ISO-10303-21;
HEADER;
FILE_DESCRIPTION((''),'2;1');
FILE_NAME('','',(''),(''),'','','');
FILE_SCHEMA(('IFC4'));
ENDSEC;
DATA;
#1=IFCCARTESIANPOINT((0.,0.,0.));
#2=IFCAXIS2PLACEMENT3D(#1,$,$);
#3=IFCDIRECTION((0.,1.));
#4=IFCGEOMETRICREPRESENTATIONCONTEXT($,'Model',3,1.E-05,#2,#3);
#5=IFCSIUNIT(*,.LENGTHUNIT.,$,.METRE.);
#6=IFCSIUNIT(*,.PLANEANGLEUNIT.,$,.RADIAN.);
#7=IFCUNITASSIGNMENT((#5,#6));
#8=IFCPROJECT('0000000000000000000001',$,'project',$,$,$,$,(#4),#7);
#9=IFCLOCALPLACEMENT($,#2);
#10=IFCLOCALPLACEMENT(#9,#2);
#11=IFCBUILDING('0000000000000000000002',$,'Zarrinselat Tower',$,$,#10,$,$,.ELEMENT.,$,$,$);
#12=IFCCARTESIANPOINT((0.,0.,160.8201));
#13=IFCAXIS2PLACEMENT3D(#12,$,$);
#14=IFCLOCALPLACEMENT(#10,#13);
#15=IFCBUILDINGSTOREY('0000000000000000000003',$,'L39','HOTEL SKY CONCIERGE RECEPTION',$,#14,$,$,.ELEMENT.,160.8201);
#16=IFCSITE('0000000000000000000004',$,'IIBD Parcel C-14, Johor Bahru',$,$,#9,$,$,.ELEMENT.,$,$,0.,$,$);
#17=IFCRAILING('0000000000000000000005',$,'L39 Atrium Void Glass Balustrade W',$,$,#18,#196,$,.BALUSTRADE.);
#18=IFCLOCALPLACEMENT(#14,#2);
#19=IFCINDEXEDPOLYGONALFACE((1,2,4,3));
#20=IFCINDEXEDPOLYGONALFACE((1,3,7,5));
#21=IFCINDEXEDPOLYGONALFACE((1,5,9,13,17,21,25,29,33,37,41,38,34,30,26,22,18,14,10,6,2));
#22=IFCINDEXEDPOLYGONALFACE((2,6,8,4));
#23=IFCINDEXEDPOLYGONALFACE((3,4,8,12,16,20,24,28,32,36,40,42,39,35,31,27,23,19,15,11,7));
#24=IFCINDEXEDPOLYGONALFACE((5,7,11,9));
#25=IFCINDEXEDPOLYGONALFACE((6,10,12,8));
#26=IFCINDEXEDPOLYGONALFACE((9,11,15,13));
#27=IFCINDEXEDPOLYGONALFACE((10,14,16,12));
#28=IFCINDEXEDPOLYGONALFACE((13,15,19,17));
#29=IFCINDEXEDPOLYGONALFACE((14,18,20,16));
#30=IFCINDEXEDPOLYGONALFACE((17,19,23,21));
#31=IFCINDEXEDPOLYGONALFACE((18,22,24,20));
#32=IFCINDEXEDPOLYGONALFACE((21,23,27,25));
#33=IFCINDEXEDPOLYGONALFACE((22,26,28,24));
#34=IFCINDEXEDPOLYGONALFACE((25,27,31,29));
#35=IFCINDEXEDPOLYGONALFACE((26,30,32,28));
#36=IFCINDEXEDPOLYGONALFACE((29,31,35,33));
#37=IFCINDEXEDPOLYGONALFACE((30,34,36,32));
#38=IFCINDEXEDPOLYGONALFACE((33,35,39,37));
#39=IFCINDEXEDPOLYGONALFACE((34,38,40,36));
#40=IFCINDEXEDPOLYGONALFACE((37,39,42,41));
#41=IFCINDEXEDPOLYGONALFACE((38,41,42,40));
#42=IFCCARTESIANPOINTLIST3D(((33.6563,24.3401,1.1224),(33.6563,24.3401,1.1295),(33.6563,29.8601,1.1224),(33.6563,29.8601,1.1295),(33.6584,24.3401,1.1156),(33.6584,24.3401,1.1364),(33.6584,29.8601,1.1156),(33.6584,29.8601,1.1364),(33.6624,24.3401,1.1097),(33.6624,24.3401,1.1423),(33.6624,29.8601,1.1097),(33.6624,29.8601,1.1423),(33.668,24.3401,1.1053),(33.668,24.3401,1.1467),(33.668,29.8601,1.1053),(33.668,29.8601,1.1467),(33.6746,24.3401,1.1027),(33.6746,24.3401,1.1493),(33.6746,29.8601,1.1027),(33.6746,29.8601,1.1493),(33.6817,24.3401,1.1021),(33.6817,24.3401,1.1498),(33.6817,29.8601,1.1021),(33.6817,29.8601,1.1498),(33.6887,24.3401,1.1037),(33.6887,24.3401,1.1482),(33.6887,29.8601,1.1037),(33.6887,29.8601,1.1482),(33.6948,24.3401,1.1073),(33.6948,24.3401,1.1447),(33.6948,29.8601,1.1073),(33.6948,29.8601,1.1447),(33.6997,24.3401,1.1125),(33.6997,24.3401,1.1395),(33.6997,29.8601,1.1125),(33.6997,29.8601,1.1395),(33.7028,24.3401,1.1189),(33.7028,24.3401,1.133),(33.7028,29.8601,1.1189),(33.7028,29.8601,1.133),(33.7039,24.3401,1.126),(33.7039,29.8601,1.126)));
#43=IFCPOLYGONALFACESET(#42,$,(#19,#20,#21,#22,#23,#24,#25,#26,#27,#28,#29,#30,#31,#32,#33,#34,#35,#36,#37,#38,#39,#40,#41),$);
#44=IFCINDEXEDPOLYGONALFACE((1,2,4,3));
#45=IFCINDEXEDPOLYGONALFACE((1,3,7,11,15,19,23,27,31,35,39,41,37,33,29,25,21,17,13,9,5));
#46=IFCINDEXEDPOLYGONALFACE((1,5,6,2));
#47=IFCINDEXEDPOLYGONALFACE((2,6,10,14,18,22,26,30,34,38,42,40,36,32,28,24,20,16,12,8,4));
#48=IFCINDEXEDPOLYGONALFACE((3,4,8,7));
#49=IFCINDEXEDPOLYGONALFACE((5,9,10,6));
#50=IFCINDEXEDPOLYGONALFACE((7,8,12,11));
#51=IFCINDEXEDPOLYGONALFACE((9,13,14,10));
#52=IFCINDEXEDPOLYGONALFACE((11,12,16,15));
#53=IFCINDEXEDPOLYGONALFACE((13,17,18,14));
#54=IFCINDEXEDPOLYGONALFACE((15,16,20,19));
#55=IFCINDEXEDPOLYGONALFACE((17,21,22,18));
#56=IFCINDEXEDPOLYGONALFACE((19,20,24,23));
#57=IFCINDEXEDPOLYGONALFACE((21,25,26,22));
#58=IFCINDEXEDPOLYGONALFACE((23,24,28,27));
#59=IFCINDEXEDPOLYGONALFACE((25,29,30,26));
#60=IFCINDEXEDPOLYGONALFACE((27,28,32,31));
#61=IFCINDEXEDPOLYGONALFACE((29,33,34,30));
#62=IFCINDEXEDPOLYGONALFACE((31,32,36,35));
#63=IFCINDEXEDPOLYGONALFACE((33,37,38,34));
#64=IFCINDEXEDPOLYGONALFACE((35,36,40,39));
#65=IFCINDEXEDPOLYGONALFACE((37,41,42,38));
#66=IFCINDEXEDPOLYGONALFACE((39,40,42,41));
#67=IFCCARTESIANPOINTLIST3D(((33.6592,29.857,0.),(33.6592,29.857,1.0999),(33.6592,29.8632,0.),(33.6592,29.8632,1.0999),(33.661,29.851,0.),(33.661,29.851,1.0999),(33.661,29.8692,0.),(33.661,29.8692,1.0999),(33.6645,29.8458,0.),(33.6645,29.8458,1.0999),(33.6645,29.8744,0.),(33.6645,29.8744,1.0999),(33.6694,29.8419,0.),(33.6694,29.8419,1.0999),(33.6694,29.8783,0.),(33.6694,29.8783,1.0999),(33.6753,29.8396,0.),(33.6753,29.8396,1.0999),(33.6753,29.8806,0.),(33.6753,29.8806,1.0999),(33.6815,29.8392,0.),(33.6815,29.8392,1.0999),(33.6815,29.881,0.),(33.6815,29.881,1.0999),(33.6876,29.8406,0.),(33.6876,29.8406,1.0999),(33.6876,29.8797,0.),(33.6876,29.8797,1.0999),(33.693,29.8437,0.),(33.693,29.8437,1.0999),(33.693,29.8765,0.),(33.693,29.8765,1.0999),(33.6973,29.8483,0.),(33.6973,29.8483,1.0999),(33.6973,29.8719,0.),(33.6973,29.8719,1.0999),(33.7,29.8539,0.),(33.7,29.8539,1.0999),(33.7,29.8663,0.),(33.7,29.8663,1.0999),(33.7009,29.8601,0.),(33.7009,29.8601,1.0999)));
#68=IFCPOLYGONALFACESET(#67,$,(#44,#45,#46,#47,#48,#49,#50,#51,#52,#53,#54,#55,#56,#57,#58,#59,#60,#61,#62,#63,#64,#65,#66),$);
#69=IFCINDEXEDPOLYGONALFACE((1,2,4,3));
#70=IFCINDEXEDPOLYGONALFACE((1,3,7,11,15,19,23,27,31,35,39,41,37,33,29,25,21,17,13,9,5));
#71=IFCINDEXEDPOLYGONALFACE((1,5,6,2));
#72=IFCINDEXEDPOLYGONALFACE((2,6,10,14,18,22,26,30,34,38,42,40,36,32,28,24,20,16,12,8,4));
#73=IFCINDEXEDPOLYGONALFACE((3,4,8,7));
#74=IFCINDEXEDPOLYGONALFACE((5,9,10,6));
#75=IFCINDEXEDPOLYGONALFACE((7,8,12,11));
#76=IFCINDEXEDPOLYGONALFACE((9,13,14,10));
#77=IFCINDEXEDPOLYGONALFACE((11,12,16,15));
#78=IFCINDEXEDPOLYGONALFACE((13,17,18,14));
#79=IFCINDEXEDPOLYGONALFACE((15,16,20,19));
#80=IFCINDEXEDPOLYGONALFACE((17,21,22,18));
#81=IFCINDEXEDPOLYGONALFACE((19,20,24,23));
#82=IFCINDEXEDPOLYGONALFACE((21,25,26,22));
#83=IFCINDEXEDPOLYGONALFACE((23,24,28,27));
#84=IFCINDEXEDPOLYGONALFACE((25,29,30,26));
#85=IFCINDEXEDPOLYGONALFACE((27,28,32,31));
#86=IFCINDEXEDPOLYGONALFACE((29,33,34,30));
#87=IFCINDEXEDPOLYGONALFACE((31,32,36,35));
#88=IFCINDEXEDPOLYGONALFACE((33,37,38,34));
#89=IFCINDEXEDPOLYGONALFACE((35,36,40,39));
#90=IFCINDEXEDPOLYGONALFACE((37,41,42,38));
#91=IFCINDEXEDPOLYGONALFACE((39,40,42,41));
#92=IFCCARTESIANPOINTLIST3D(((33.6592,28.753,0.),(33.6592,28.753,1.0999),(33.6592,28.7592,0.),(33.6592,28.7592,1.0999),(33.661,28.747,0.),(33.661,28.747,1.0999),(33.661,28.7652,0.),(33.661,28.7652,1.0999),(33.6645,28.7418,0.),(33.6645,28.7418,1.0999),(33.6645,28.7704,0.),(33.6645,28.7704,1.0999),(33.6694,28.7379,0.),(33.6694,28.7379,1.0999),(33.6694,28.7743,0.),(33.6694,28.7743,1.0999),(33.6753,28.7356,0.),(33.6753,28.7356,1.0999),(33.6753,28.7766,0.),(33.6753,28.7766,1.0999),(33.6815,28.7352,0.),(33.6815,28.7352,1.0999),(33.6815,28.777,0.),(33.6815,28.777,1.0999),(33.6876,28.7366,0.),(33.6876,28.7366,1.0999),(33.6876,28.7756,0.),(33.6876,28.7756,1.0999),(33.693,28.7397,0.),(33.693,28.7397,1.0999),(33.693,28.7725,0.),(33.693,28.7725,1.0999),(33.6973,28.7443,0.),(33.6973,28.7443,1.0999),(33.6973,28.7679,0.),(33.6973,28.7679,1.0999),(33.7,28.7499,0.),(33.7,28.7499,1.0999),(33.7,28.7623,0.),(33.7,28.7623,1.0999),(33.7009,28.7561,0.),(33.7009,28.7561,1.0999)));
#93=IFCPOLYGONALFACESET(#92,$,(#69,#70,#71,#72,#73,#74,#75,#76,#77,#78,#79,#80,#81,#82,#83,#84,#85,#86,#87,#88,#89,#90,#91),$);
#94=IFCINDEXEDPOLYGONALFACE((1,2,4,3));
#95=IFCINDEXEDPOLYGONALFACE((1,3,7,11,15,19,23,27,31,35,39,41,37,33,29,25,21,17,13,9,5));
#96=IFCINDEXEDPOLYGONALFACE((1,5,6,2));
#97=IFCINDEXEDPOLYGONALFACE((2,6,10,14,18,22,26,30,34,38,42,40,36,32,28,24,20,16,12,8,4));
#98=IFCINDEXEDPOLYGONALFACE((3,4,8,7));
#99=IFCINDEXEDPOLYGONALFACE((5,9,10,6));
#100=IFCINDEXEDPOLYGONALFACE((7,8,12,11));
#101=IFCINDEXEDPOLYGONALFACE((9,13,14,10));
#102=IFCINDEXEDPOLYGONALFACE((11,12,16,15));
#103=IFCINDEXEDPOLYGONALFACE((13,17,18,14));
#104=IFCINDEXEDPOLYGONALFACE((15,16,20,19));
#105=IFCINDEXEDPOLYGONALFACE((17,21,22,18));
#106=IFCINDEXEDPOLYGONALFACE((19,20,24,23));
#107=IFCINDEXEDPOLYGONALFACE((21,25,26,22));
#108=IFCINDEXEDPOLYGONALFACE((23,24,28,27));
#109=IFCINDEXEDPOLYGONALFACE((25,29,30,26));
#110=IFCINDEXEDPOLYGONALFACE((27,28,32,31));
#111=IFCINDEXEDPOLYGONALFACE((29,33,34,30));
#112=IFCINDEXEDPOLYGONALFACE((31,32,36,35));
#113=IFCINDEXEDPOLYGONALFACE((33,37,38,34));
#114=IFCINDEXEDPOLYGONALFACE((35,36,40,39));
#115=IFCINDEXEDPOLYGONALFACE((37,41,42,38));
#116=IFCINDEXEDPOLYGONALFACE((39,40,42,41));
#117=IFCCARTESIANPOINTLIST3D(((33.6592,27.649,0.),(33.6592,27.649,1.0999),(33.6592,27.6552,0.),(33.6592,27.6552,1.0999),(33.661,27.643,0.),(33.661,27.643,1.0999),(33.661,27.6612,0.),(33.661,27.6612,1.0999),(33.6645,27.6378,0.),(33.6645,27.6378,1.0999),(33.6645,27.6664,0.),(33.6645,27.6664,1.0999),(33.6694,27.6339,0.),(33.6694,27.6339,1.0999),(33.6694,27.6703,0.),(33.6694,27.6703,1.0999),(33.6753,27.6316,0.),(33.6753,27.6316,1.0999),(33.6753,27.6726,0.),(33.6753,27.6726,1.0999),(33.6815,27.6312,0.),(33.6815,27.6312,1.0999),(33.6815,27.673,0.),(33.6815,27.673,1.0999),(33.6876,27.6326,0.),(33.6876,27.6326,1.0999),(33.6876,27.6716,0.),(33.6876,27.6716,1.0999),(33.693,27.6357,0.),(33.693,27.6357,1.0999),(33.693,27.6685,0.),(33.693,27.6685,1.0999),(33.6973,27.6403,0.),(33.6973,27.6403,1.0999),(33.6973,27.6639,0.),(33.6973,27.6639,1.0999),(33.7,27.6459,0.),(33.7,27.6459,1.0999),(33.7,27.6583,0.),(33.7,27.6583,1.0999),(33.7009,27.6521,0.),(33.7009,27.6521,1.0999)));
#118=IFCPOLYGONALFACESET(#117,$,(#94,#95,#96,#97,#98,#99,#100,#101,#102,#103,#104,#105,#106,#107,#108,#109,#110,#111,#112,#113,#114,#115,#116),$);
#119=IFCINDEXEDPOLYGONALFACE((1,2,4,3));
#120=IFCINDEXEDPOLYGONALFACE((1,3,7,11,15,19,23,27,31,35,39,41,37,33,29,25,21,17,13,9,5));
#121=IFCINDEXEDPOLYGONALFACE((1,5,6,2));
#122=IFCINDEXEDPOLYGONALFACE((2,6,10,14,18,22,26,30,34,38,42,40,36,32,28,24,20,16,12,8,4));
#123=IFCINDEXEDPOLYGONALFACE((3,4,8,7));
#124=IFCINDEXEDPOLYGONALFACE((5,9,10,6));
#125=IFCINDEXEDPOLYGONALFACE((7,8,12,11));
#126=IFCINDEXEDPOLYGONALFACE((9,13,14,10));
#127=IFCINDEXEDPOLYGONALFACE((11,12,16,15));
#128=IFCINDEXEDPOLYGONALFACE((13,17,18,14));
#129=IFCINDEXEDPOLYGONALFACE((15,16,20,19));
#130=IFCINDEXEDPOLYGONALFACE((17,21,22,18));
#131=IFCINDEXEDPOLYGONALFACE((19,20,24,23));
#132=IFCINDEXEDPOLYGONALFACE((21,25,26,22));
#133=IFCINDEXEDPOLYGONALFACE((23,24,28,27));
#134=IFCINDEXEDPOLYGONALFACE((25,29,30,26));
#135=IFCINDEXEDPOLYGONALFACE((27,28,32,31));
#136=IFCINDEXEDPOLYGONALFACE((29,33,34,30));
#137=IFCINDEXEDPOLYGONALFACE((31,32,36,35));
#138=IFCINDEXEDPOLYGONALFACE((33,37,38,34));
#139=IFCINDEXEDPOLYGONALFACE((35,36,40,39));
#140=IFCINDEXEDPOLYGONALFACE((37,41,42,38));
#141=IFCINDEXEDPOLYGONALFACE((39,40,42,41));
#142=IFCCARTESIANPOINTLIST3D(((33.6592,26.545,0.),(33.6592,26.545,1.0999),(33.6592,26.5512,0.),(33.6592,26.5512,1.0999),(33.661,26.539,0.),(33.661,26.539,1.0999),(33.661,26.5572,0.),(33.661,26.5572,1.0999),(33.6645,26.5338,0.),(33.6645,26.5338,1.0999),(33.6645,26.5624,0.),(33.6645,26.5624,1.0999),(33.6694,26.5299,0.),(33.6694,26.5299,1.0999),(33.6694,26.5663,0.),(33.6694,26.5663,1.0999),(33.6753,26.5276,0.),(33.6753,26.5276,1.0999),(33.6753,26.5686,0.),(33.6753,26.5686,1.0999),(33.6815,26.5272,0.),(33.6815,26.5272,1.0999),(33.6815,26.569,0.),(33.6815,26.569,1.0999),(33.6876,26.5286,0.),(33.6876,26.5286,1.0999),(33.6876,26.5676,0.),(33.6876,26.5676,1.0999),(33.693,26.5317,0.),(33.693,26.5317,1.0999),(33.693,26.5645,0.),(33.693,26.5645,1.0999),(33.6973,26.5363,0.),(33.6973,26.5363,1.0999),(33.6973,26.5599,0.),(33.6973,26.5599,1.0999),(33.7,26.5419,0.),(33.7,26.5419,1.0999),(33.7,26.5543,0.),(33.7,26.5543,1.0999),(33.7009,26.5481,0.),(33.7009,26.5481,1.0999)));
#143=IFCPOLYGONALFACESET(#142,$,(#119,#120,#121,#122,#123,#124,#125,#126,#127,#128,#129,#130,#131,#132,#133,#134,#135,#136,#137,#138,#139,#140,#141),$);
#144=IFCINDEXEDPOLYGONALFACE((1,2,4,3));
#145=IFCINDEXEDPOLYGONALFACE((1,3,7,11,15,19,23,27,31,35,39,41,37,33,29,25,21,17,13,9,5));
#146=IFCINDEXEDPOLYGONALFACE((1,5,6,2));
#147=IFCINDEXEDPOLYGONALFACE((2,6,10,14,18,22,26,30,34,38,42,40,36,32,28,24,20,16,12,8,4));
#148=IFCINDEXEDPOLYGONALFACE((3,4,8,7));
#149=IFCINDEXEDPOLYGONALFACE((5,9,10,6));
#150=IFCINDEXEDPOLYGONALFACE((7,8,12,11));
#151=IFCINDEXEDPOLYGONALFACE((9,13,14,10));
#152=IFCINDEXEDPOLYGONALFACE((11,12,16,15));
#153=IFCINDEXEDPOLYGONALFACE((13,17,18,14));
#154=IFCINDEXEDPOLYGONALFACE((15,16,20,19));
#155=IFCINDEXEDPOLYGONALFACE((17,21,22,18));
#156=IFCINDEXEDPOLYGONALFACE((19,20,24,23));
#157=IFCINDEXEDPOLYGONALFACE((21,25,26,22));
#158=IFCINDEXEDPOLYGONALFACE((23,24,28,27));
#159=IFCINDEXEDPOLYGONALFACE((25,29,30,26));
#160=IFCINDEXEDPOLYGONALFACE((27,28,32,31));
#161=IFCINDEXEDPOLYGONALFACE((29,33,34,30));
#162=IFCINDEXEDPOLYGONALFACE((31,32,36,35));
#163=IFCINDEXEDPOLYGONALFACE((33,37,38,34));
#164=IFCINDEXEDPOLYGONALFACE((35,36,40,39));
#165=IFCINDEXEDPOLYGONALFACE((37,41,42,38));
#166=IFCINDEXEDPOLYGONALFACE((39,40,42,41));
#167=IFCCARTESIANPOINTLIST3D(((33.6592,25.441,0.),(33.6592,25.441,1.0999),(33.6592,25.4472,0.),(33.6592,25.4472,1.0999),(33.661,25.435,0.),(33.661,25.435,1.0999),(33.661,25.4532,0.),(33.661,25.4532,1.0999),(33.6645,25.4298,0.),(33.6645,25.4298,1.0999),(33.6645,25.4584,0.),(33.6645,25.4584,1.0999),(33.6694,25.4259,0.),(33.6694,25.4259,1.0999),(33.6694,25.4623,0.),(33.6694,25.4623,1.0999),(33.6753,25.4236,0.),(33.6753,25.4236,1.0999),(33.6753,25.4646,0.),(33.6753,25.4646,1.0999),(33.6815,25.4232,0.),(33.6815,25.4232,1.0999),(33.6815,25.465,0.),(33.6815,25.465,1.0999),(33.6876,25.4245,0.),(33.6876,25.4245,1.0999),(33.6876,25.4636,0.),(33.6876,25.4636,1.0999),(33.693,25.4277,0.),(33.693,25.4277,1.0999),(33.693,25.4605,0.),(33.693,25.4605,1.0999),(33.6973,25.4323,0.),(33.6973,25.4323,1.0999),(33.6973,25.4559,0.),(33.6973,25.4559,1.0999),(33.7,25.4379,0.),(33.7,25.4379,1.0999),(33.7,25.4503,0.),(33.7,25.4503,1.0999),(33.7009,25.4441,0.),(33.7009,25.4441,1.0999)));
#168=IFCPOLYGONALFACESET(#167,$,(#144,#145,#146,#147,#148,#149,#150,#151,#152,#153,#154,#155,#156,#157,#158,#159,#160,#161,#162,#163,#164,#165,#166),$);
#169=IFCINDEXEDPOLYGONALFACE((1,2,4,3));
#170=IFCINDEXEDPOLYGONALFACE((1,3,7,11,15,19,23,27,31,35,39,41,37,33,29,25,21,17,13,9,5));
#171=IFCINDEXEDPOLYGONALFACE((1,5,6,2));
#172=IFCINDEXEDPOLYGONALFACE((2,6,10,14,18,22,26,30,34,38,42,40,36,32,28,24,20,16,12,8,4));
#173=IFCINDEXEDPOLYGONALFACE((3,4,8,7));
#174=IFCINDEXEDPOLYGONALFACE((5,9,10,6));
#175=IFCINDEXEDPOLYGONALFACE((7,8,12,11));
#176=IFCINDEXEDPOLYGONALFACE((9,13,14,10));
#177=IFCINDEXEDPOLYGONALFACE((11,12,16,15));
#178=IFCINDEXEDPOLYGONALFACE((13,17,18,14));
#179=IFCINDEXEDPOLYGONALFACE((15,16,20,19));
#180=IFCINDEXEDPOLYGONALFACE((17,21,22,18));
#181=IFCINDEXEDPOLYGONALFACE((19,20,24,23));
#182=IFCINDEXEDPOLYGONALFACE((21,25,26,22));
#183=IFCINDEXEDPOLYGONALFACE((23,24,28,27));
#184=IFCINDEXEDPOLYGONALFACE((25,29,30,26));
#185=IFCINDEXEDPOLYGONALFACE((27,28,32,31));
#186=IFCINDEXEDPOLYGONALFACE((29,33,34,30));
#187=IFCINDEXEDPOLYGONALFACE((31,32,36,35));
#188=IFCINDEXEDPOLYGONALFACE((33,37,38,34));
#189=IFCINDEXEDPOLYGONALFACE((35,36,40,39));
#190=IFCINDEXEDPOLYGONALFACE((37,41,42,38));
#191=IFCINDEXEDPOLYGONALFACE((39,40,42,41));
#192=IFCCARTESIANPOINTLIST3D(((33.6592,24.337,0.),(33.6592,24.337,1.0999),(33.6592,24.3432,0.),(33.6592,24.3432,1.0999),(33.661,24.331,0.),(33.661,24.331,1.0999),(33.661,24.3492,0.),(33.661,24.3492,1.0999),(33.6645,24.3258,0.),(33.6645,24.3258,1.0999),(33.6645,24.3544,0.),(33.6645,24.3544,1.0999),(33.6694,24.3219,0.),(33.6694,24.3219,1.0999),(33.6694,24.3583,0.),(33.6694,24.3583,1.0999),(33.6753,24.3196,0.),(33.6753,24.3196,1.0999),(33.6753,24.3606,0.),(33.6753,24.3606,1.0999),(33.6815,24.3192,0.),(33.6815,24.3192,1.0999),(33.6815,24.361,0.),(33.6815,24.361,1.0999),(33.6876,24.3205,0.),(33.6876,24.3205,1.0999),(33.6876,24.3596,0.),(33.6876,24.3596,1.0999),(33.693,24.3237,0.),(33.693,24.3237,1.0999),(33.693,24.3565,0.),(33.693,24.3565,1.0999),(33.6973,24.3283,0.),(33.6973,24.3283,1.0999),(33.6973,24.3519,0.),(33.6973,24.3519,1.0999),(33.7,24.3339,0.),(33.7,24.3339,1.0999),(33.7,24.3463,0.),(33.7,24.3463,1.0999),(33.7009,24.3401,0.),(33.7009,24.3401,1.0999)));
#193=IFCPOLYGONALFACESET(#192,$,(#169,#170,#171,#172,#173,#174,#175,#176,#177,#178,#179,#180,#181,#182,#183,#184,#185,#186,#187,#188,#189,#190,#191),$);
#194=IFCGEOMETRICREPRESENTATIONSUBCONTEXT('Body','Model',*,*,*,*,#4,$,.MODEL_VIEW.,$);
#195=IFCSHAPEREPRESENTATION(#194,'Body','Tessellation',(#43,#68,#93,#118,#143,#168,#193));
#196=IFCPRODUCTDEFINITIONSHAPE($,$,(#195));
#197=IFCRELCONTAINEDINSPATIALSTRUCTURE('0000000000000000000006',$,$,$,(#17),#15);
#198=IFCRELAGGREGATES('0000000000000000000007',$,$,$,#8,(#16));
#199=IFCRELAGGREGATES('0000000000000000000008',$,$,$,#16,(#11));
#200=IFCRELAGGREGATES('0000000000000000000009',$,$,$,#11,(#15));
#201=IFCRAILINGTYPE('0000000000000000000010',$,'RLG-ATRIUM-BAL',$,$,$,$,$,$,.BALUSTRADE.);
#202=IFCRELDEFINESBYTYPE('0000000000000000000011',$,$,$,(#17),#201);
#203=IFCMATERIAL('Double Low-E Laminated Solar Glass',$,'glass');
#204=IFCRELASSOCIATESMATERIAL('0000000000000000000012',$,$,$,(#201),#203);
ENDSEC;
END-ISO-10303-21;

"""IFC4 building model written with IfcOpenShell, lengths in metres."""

from ifc_helpers import new_model, si_unit, direction, frame, origin, origin_2d, place, context, subcontext, project, spatial, circle, extrude, material, type_object, element, save


model = new_model("IFC4")

# Units and contexts
model_context = context("Model", 3, precision=1e-05, world=origin(), true_north=direction((0.0, 1.0)))
body_context = subcontext(model_context, "Body", "Model", "MODEL_VIEW")
ifc_project = project(units=[si_unit("LENGTHUNIT", "METRE"), si_unit("PLANEANGLEUNIT", "RADIAN")], contexts=[model_context])

# Site, building, storey
site_placement = place(None, origin())
site = spatial("IfcSite", under=ifc_project, at=site_placement, Name="IIBD Parcel C-14, Johor Bahru", CompositionType="ELEMENT", RefElevation=0.0)
building_placement = place(site_placement, origin())
building = spatial("IfcBuilding", under=site, at=building_placement, Name="Zarrinselat Tower", CompositionType="ELEMENT")
storey_placement = place(building_placement, frame((0.0, 0.0, 160.8201)))
storey = spatial("IfcBuildingStorey", under=building, at=storey_placement, Name="L39", Description="HOTEL SKY CONCIERGE RECEPTION", CompositionType="ELEMENT", Elevation=160.8201)

# Railing
ifc_material_1 = material(Name="Double Low-E Laminated Solar Glass", Category="glass")
railing_type = type_object("IfcRailingType", Name="RLG-ATRIUM-BAL", PredefinedType="BALUSTRADE", material=ifc_material_1)
railing_placement = place(storey_placement, frame((33.6799, 29.8601, 0.0)))
element("IfcRailing", 1, at=railing_placement, inside=storey, type_object=railing_type, Name="L39 Atrium Void Glass Balustrade W", PredefinedType="BALUSTRADE", context=body_context, shape_type="SweptSolid", body=[
    extrude(circle(Radius=0.0239, at=origin_2d()), frame((0.0, 0.0, 1.126), z_axis=(0.0, -1.0, 0.0), x_axis=(1.0, 0.0, 0.0)), (0.0, 0.0, 1.0), 5.52),
    extrude(circle(Radius=0.021, at=origin_2d()), origin(), (0.0, 0.0, 1.0), 1.0999),
    extrude(circle(Radius=0.021, at=origin_2d()), frame((0.0, -1.104, 0.0)), (0.0, 0.0, 1.0), 1.0999),
    extrude(circle(Radius=0.021, at=origin_2d()), frame((0.0, -2.208, 0.0)), (0.0, 0.0, 1.0), 1.0999),
    extrude(circle(Radius=0.021, at=origin_2d()), frame((0.0, -3.312, 0.0)), (0.0, 0.0, 1.0), 1.0999),
    extrude(circle(Radius=0.021, at=origin_2d()), frame((0.0, -4.416, 0.0)), (0.0, 0.0, 1.0), 1.0999),
    extrude(circle(Radius=0.021, at=origin_2d()), frame((0.0, -5.52, 0.0)), (0.0, 0.0, 1.0), 1.0999),
])

save(model, "model.ifc")
